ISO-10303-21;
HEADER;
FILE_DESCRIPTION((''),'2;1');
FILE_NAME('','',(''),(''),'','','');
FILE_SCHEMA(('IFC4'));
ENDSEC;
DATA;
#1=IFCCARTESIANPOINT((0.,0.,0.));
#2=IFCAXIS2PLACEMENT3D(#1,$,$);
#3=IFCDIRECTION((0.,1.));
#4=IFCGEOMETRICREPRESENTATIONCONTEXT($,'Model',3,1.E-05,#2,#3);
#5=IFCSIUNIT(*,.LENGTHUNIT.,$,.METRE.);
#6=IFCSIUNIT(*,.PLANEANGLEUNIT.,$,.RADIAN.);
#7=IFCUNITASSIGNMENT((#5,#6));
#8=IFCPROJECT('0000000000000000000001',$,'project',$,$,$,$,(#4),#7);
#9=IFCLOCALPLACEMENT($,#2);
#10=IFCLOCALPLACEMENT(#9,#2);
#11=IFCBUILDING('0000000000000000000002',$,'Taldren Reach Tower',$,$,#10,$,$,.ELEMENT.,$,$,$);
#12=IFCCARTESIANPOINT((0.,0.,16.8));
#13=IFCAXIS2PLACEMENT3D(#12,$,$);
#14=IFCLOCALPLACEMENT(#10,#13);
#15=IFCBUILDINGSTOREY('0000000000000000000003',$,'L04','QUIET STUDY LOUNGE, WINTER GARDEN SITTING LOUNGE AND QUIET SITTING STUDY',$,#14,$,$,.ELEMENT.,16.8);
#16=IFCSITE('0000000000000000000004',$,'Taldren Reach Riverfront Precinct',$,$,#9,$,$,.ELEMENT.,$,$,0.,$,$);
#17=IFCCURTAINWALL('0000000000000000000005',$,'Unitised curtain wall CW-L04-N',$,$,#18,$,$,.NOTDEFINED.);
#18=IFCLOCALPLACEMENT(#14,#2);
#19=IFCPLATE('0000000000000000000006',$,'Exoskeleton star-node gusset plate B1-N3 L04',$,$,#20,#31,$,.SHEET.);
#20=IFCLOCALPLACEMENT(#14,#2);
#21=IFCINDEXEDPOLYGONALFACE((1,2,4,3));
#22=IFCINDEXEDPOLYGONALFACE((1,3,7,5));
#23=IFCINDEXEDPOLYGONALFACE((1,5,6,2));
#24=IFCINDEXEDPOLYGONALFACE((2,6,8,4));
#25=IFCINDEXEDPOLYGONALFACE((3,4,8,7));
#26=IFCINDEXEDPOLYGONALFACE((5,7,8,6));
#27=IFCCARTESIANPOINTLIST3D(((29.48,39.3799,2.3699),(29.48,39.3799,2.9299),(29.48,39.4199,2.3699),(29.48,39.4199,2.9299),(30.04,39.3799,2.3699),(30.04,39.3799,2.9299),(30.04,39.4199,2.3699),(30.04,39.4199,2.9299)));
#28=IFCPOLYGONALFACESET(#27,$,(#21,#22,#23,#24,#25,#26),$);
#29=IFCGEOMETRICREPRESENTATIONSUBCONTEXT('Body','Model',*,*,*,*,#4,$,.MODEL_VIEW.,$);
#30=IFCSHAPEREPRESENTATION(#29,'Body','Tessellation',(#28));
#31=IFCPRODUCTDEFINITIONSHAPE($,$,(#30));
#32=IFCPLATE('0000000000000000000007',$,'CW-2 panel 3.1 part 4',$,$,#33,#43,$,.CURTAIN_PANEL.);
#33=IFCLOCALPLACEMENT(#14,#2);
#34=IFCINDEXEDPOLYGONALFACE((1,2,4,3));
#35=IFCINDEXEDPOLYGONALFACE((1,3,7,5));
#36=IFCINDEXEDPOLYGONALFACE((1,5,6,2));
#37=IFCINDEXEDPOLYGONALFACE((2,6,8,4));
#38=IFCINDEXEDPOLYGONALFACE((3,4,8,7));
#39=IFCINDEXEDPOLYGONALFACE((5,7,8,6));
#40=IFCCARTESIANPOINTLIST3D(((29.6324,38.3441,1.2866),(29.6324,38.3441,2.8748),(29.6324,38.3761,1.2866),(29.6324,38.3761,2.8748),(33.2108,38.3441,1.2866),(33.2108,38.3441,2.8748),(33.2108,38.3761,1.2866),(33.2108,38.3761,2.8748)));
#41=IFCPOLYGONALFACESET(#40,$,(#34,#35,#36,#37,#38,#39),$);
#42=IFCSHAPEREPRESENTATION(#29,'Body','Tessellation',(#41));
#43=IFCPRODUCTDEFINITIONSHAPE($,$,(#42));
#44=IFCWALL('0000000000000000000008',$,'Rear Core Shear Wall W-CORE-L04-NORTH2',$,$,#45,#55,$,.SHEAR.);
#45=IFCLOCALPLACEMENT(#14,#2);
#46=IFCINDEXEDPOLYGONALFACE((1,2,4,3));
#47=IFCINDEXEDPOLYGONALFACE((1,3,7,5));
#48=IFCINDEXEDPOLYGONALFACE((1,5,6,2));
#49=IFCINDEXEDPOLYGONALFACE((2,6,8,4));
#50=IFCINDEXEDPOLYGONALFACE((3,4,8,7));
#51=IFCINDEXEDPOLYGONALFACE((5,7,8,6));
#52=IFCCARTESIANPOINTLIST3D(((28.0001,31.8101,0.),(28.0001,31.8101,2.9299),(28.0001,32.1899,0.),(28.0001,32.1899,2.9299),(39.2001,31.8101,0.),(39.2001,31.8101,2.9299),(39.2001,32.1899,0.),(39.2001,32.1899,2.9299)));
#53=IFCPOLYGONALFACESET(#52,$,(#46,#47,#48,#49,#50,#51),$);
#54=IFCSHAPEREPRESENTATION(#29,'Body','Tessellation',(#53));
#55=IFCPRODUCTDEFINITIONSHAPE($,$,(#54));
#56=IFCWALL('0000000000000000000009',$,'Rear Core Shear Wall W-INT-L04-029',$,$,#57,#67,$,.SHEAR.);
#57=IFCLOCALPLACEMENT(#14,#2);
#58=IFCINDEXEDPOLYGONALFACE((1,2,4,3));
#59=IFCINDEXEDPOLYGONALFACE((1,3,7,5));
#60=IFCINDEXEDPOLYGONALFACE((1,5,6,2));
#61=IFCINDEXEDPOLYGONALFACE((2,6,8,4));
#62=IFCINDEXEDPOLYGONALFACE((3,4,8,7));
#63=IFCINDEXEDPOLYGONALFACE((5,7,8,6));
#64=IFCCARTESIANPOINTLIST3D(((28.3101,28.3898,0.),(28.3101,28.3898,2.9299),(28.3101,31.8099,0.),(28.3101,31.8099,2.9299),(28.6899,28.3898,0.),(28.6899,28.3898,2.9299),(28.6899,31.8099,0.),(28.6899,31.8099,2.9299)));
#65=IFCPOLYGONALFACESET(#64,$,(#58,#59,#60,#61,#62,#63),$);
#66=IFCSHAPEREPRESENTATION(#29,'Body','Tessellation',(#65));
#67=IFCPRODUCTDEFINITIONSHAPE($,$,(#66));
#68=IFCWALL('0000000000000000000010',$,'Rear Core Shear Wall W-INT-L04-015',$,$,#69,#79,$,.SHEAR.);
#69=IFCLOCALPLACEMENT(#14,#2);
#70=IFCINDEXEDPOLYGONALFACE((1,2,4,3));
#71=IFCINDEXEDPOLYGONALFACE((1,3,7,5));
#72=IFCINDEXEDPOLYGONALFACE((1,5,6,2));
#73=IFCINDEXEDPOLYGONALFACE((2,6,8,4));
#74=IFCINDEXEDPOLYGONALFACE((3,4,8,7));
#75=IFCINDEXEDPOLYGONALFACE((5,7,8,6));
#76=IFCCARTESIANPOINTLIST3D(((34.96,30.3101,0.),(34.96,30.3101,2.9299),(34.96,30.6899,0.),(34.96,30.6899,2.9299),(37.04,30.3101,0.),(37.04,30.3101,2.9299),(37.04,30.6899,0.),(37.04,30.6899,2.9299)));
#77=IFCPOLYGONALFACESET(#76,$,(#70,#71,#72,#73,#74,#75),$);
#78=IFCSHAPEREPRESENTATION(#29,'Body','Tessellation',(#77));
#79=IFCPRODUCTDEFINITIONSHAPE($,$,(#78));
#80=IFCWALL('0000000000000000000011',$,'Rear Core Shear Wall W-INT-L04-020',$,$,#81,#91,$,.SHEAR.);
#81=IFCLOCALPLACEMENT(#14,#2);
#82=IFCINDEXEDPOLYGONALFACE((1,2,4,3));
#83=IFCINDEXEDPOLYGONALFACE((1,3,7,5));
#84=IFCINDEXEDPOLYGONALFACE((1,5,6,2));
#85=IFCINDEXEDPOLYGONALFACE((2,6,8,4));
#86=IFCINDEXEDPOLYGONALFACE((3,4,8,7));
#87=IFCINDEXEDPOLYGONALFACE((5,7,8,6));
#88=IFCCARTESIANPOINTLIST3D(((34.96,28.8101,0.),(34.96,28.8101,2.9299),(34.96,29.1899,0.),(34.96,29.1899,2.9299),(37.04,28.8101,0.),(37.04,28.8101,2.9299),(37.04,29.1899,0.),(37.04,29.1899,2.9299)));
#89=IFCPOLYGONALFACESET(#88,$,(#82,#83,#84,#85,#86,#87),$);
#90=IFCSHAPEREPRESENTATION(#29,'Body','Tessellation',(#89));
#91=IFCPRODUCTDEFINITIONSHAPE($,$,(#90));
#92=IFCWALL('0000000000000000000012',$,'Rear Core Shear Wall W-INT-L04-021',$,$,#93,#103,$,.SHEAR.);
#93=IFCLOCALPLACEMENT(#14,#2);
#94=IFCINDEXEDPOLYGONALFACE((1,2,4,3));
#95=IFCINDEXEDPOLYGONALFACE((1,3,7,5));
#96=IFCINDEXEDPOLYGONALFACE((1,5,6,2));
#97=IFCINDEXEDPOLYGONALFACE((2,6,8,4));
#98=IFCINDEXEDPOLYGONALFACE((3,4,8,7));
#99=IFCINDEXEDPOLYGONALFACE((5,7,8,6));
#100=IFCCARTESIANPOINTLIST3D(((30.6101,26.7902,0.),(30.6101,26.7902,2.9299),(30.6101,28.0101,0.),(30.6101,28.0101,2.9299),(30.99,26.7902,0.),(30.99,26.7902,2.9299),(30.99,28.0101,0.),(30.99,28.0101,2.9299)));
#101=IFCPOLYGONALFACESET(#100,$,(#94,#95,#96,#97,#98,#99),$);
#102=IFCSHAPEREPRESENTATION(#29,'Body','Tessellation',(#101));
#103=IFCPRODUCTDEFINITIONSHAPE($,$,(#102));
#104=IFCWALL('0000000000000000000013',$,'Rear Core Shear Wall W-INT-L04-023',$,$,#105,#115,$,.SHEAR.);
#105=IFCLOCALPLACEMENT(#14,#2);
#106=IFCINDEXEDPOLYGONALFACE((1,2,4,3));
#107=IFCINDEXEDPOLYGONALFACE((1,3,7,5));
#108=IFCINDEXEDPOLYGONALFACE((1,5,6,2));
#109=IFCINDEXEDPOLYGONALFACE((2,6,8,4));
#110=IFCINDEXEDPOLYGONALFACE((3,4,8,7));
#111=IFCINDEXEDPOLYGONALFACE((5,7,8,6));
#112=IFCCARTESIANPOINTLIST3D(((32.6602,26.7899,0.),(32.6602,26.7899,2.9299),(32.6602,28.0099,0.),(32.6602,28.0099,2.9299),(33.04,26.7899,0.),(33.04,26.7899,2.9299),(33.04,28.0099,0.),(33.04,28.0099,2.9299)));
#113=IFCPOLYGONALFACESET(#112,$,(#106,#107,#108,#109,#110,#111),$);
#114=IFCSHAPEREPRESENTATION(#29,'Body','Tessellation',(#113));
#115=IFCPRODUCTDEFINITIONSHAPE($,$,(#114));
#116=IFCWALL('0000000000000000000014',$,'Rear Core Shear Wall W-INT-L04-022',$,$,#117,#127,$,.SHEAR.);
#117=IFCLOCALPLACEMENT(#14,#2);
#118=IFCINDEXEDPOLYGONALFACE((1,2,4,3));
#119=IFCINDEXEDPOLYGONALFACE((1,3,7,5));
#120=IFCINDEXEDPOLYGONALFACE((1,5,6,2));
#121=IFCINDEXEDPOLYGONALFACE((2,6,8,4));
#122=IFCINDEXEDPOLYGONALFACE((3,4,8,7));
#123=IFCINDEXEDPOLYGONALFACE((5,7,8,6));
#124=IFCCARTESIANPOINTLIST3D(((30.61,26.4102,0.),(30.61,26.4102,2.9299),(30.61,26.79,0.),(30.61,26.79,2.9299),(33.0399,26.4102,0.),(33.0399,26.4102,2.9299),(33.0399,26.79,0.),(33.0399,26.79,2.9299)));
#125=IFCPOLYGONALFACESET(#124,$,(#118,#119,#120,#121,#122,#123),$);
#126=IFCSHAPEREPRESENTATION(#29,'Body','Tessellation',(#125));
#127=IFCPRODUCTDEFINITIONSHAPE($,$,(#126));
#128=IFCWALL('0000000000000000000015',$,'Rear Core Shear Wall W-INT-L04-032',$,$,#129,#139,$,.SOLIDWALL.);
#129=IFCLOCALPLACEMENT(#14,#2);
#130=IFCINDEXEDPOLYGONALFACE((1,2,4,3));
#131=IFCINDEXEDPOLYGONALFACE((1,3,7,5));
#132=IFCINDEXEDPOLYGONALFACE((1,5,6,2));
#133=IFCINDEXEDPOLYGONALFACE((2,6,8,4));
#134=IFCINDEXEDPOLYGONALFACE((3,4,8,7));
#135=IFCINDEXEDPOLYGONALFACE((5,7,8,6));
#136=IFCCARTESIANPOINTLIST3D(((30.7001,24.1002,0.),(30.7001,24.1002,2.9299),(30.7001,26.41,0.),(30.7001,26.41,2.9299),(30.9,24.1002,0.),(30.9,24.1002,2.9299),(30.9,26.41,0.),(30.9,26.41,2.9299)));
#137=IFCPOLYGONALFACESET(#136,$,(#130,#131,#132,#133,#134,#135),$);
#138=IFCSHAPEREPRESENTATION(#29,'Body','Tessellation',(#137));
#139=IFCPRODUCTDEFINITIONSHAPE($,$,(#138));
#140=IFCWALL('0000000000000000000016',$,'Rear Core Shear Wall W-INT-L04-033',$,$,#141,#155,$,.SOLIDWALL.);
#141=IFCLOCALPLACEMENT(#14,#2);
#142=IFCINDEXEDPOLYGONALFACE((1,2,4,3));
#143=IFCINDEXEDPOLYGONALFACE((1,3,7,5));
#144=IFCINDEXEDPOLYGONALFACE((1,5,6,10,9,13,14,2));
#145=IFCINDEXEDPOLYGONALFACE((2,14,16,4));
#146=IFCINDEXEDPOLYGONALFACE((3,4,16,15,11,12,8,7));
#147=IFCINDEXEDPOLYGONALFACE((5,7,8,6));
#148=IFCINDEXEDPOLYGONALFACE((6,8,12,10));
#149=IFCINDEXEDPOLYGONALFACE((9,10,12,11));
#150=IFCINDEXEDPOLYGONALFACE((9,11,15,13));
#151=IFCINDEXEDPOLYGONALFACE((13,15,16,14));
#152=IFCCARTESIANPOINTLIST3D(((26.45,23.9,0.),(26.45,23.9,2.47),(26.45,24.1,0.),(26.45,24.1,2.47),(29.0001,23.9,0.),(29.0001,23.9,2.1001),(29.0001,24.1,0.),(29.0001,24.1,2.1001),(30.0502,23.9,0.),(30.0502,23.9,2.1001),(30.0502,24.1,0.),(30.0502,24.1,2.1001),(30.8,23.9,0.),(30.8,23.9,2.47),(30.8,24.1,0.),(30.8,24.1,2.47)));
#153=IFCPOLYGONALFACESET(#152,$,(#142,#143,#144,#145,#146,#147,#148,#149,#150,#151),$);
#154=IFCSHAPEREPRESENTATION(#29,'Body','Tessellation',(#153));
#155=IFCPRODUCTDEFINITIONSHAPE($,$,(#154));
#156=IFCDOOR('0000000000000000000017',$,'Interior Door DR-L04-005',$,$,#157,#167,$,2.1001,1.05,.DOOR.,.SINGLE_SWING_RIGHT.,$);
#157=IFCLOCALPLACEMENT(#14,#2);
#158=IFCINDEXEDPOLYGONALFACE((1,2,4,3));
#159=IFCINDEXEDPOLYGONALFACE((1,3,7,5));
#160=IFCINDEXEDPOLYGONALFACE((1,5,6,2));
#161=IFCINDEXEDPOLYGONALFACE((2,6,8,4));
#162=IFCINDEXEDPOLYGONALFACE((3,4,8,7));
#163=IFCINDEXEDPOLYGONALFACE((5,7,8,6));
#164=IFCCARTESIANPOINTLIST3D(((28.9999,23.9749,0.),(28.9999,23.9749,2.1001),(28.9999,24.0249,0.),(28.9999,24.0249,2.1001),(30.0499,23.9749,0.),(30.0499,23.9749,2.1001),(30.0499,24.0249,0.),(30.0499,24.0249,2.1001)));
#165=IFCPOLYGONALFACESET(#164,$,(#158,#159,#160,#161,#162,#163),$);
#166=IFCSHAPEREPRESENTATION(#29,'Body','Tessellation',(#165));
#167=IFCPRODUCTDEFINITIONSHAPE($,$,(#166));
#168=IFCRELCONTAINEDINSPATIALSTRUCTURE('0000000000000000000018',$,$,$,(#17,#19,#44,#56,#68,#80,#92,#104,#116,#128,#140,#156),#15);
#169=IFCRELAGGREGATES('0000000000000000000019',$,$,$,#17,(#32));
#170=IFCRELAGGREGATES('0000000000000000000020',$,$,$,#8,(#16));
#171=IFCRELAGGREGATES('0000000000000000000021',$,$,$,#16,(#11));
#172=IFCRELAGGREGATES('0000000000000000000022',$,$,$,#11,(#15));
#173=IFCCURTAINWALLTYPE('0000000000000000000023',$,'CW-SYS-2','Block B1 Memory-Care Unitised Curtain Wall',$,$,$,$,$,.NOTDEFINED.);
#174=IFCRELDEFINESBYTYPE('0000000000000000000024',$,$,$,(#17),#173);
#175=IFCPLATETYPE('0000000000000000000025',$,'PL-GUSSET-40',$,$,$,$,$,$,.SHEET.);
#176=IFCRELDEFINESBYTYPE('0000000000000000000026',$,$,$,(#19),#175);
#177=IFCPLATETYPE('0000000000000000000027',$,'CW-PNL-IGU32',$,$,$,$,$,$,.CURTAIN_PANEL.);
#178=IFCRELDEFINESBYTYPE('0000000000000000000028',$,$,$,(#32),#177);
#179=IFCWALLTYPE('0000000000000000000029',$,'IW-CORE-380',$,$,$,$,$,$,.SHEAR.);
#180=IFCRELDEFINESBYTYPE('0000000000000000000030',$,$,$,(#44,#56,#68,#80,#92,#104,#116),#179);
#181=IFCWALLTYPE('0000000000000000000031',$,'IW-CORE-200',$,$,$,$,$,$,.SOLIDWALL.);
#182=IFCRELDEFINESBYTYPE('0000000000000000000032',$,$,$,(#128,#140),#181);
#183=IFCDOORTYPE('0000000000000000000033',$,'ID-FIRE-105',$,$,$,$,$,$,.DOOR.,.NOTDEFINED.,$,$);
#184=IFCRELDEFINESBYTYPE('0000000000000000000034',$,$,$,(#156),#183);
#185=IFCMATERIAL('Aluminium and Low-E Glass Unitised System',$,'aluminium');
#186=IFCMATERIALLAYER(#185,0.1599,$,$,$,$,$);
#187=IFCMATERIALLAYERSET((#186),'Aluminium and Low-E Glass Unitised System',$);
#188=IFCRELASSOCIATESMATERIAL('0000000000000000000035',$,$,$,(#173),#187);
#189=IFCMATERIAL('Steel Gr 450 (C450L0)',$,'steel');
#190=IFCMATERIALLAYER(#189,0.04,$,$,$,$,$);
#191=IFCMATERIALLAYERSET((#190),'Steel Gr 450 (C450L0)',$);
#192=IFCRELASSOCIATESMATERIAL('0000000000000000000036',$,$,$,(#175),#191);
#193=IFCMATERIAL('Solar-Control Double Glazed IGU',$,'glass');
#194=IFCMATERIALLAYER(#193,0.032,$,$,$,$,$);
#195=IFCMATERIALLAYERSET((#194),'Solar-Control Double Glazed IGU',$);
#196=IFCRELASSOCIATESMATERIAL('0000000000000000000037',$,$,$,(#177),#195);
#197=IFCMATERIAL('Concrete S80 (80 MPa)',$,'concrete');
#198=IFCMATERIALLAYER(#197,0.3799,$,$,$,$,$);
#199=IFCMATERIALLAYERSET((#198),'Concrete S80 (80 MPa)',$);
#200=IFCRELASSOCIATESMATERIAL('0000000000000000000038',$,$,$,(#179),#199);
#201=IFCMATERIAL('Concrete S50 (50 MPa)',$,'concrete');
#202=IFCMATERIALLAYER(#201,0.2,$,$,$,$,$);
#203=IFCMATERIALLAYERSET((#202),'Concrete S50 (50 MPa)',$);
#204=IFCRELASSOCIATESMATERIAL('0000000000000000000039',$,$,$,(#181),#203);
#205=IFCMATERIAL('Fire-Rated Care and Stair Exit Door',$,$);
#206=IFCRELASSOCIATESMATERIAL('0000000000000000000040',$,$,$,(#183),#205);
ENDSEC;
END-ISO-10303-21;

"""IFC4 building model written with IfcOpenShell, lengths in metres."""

from ifc_helpers import new_model, si_unit, direction, frame, frame_2d, origin, origin_2d, place, context, subcontext, project, spatial, rectangle, extrude, source, transform, mapped, material, layer, layer_set, type_object, element, fill, aggregate, save


model = new_model("IFC4")

# Units and contexts
model_context = context("Model", 3, precision=1e-05, world=origin(), true_north=direction((0.0, 1.0)))
body_context = subcontext(model_context, "Body", "Model", "MODEL_VIEW")
ifc_project = project(units=[si_unit("LENGTHUNIT", "METRE"), si_unit("PLANEANGLEUNIT", "RADIAN")], contexts=[model_context])

# Site, building, storey
site_placement = place(None, origin())
site = spatial("IfcSite", under=ifc_project, at=site_placement, Name="Taldren Reach Riverfront Precinct", CompositionType="ELEMENT", RefElevation=0.0)
building_placement = place(site_placement, origin())
building = spatial("IfcBuilding", under=site, at=building_placement, Name="Taldren Reach Tower", CompositionType="ELEMENT")
storey_placement = place(building_placement, frame((0.0, 0.0, 16.8)))
storey = spatial("IfcBuildingStorey", under=building, at=storey_placement, Name="L04", Description="QUIET STUDY LOUNGE, WINTER GARDEN SITTING LOUNGE AND QUIET SITTING STUDY", CompositionType="ELEMENT", Elevation=16.8)

# Shared definitions
ifc_material_1 = material(Name="Steel Gr 450 (C450L0)", Category="steel")

# Curtain wall
ifc_material_2 = material(Name="Aluminium and Low-E Glass Unitised System", Category="aluminium")
ifc_layer_1 = layer(ifc_material_2, 0.1599)
ifc_layer_set_1 = layer_set([ifc_layer_1], Name="Aluminium and Low-E Glass Unitised System")
curtain_wall_type = type_object("IfcCurtainWallType", Name="CW-SYS-2", Description="Block B1 Memory-Care Unitised Curtain Wall", PredefinedType="NOTDEFINED", material=ifc_layer_set_1)
curtain_wall_placement = place(storey_placement, origin())
curtain_wall = element("IfcCurtainWall", 1, at=curtain_wall_placement, inside=storey, type_object=curtain_wall_type, Name="Unitised curtain wall CW-L04-N", PredefinedType="NOTDEFINED")

# Plates
ifc_layer_2 = layer(ifc_material_1, 0.04)
ifc_layer_set_2 = layer_set([ifc_layer_2], Name="Steel Gr 450 (C450L0)")
plate_type_1 = type_object("IfcPlateType", Name="PL-GUSSET-40", PredefinedType="SHEET", material=ifc_layer_set_2)
shared_shape_1 = source(origin(), body_context, "Body", "SweptSolid", [
    extrude(rectangle(XDim=0.5601, YDim=0.04, at=origin_2d()), origin(), (0.0, 0.0, 1.0), 0.5601),
])
plate_1_placement = place(storey_placement, frame((29.76, 39.3999, 2.3699), z_axis=(0.0, 0.0, 1.0), x_axis=(1.0, 0.0, 0.0)))
element("IfcPlate", 2, at=plate_1_placement, inside=storey, type_object=plate_type_1, Name="Exoskeleton star-node gusset plate B1-N3 L04", PredefinedType="SHEET", context=body_context, shape_type="MappedRepresentation", body=[
    mapped(shared_shape_1, transform((0.0, 0.0, 0.0), scale=1.0)),
])
ifc_material_3 = material(Name="Solar-Control Double Glazed IGU", Category="glass")
ifc_layer_3 = layer(ifc_material_3, 0.032)
ifc_layer_set_3 = layer_set([ifc_layer_3], Name="Solar-Control Double Glazed IGU")
plate_type_2 = type_object("IfcPlateType", Name="CW-PNL-IGU32", PredefinedType="CURTAIN_PANEL", material=ifc_layer_set_3)
shared_shape_2 = source(origin(), body_context, "Body", "SweptSolid", [
    extrude(rectangle(XDim=3.5784, YDim=0.032, at=origin_2d()), origin(), (0.0, 0.0, 1.0), 1.5881),
])
plate_2_placement = place(storey_placement, frame((31.4216, 38.3601, 1.2866), z_axis=(0.0, 0.0, 1.0), x_axis=(-1.0, 0.0, 0.0)))
plate_2 = element("IfcPlate", 3, at=plate_2_placement, type_object=plate_type_2, Name="CW-2 panel 3.1 part 4", PredefinedType="CURTAIN_PANEL", context=body_context, shape_type="MappedRepresentation", body=[
    mapped(shared_shape_2, transform((0.0, 0.0, 0.0), scale=1.0)),
])
aggregate(curtain_wall, [plate_2])

# Walls
ifc_material_4 = material(Name="Concrete S80 (80 MPa)", Category="concrete")
ifc_layer_4 = layer(ifc_material_4, 0.3799)
ifc_layer_set_4 = layer_set([ifc_layer_4], Name="Concrete S80 (80 MPa)")
wall_type_1 = type_object("IfcWallType", Name="IW-CORE-380", PredefinedType="SHEAR", material=ifc_layer_set_4)
shared_shape_3 = source(origin(), body_context, "Body", "SweptSolid", [
    extrude(rectangle(XDim=11.2, YDim=0.3799, at=frame_2d((5.6001, 0.0))), origin(), (0.0, 0.0, 1.0), 2.9299),
])
wall_1_placement = place(storey_placement, frame((28.0, 32.0, 0.0), z_axis=(0.0, 0.0, 1.0), x_axis=(1.0, 0.0, 0.0)))
element("IfcWall", 4, at=wall_1_placement, inside=storey, type_object=wall_type_1, Name="Rear Core Shear Wall W-CORE-L04-NORTH2", PredefinedType="SHEAR", context=body_context, shape_type="MappedRepresentation", body=[
    mapped(shared_shape_3, transform((0.0, 0.0, 0.0), scale=1.0)),
])
shared_shape_4 = source(origin(), body_context, "Body", "SweptSolid", [
    extrude(rectangle(XDim=3.4202, YDim=0.3799, at=frame_2d((1.71, 0.0))), origin(), (0.0, 0.0, 1.0), 2.9299),
])
wall_2_placement = place(storey_placement, frame((28.5, 28.3899, 0.0), z_axis=(0.0, 0.0, 1.0), x_axis=(0.0, 1.0, 0.0)))
element("IfcWall", 5, at=wall_2_placement, inside=storey, type_object=wall_type_1, Name="Rear Core Shear Wall W-INT-L04-029", PredefinedType="SHEAR", context=body_context, shape_type="MappedRepresentation", body=[
    mapped(shared_shape_4, transform((0.0, 0.0, 0.0), scale=1.0)),
])
shared_shape_5 = source(origin(), body_context, "Body", "SweptSolid", [
    extrude(rectangle(XDim=2.0801, YDim=0.3799, at=frame_2d((1.04, 0.0))), origin(), (0.0, 0.0, 1.0), 2.9299),
])
for number, where, z_axis, x_axis, name in (
    (6, (34.96, 30.5, 0.0), (0.0, 0.0, 1.0), (1.0, 0.0, 0.0), "Rear Core Shear Wall W-INT-L04-015"),
    (7, (34.96, 29.0, 0.0), (0.0, 0.0, 1.0), (1.0, 0.0, 0.0), "Rear Core Shear Wall W-INT-L04-020"),
):
    element("IfcWall", number, at=place(storey_placement, frame(where, z_axis=z_axis, x_axis=x_axis)), inside=storey, type_object=wall_type_1, Name=name, PredefinedType="SHEAR", context=body_context, shape_type="MappedRepresentation", body=[
        mapped(shared_shape_5, transform((0.0, 0.0, 0.0), scale=1.0)),
    ])
shared_shape_6 = source(origin(), body_context, "Body", "SweptSolid", [
    extrude(rectangle(XDim=1.22, YDim=0.3799, at=frame_2d((0.6099, 0.0))), origin(), (0.0, 0.0, 1.0), 2.9299),
])
for number, where, z_axis, x_axis, name in (
    (8, (30.8, 28.01, 0.0), (0.0, 0.0, 1.0), (0.0, -1.0, 0.0), "Rear Core Shear Wall W-INT-L04-021"),
    (9, (32.8501, 26.79, 0.0), (0.0, 0.0, 1.0), (0.0, 1.0, 0.0), "Rear Core Shear Wall W-INT-L04-023"),
):
    element("IfcWall", number, at=place(storey_placement, frame(where, z_axis=z_axis, x_axis=x_axis)), inside=storey, type_object=wall_type_1, Name=name, PredefinedType="SHEAR", context=body_context, shape_type="MappedRepresentation", body=[
        mapped(shared_shape_6, transform((0.0, 0.0, 0.0), scale=1.0)),
    ])
shared_shape_7 = source(origin(), body_context, "Body", "SweptSolid", [
    extrude(rectangle(XDim=2.4299, YDim=0.3799, at=frame_2d((1.2148, 0.0))), origin(), (0.0, 0.0, 1.0), 2.9299),
])
wall_3_placement = place(storey_placement, frame((30.6101, 26.6001, 0.0), z_axis=(0.0, 0.0, 1.0), x_axis=(1.0, 0.0, 0.0)))
element("IfcWall", 10, at=wall_3_placement, inside=storey, type_object=wall_type_1, Name="Rear Core Shear Wall W-INT-L04-022", PredefinedType="SHEAR", context=body_context, shape_type="MappedRepresentation", body=[
    mapped(shared_shape_7, transform((0.0, 0.0, 0.0), scale=1.0)),
])

# Wall
ifc_material_5 = material(Name="Concrete S50 (50 MPa)", Category="concrete")
ifc_layer_5 = layer(ifc_material_5, 0.2)
ifc_layer_set_5 = layer_set([ifc_layer_5], Name="Concrete S50 (50 MPa)")
wall_type_2 = type_object("IfcWallType", Name="IW-CORE-200", PredefinedType="SOLIDWALL", material=ifc_layer_set_5)
shared_shape_8 = source(origin(), body_context, "Body", "SweptSolid", [
    extrude(rectangle(XDim=2.3098, YDim=0.2, at=frame_2d((1.1548, 0.0))), origin(), (0.0, 0.0, 1.0), 2.9299),
])
wall_4_placement = place(storey_placement, frame((30.8, 26.4099, 0.0), z_axis=(0.0, 0.0, 1.0), x_axis=(0.0, -1.0, 0.0)))
element("IfcWall", 11, at=wall_4_placement, inside=storey, type_object=wall_type_2, Name="Rear Core Shear Wall W-INT-L04-032", PredefinedType="SOLIDWALL", context=body_context, shape_type="MappedRepresentation", body=[
    mapped(shared_shape_8, transform((0.0, 0.0, 0.0), scale=1.0)),
])

# Wall, opening, door
shared_shape_9 = source(origin(), body_context, "Body", "SweptSolid", [
    extrude(rectangle(XDim=4.3501, YDim=0.2, at=frame_2d((2.175, 0.0))), origin(), (0.0, 0.0, 1.0), 2.47),
])
wall_5_placement = place(storey_placement, frame((30.8, 24.0, 0.0), z_axis=(0.0, 0.0, 1.0), x_axis=(-1.0, 0.0, 0.0)))
wall_5 = element("IfcWall", 12, at=wall_5_placement, inside=storey, type_object=wall_type_2, Name="Rear Core Shear Wall W-INT-L04-033", PredefinedType="SOLIDWALL", context=body_context, shape_type="MappedRepresentation", body=[
    mapped(shared_shape_9, transform((0.0, 0.0, 0.0), scale=1.0)),
])
shared_shape_10 = source(origin(), body_context, "Body", "SweptSolid", [
    extrude(rectangle(XDim=1.05, YDim=2.1001, at=frame_2d((0.5249, 1.05))), frame((0.0, 0.1099, 0.0), z_axis=(0.0, -1.0, 0.0), x_axis=(1.0, 0.0, 0.0)), (0.0, 0.0, 1.0), 0.22),
])
opening_1_placement = place(wall_5_placement, frame((0.75, 0.0, 0.0)))
opening_1 = element("IfcOpeningElement", 13, at=opening_1_placement, cuts=wall_5, PredefinedType="OPENING", context=body_context, shape_type="MappedRepresentation", body=[
    mapped(shared_shape_10, transform((0.0, 0.0, 0.0), scale=1.0)),
])
ifc_material_6 = material(Name="Fire-Rated Care and Stair Exit Door")
door_type_1 = type_object("IfcDoorType", Name="ID-FIRE-105", OperationType="NOTDEFINED", PredefinedType="DOOR", material=ifc_material_6)
shared_shape_11 = source(origin(), body_context, "Body", "SweptSolid", [
    extrude(rectangle(XDim=1.05, YDim=2.1001, at=frame_2d((0.5249, 1.05))), frame((0.0, 0.0249, 0.0), z_axis=(0.0, -1.0, 0.0), x_axis=(1.0, 0.0, 0.0)), (0.0, 0.0, 1.0), 0.05),
])
door_1_placement = place(opening_1_placement, frame((1.05, 0.0, 0.0), z_axis=(0.0, 0.0, 1.0), x_axis=(-1.0, 0.0, 0.0)))
door_1 = element("IfcDoor", 14, at=door_1_placement, inside=storey, type_object=door_type_1, Name="Interior Door DR-L04-005", OperationType="SINGLE_SWING_RIGHT", OverallHeight=2.1001, OverallWidth=1.05, PredefinedType="DOOR", context=body_context, shape_type="MappedRepresentation", body=[
    mapped(shared_shape_11, transform((0.0, 0.0, 0.0), scale=1.0)),
])
fill(opening_1, door_1)

save(model, "model.ifc")
